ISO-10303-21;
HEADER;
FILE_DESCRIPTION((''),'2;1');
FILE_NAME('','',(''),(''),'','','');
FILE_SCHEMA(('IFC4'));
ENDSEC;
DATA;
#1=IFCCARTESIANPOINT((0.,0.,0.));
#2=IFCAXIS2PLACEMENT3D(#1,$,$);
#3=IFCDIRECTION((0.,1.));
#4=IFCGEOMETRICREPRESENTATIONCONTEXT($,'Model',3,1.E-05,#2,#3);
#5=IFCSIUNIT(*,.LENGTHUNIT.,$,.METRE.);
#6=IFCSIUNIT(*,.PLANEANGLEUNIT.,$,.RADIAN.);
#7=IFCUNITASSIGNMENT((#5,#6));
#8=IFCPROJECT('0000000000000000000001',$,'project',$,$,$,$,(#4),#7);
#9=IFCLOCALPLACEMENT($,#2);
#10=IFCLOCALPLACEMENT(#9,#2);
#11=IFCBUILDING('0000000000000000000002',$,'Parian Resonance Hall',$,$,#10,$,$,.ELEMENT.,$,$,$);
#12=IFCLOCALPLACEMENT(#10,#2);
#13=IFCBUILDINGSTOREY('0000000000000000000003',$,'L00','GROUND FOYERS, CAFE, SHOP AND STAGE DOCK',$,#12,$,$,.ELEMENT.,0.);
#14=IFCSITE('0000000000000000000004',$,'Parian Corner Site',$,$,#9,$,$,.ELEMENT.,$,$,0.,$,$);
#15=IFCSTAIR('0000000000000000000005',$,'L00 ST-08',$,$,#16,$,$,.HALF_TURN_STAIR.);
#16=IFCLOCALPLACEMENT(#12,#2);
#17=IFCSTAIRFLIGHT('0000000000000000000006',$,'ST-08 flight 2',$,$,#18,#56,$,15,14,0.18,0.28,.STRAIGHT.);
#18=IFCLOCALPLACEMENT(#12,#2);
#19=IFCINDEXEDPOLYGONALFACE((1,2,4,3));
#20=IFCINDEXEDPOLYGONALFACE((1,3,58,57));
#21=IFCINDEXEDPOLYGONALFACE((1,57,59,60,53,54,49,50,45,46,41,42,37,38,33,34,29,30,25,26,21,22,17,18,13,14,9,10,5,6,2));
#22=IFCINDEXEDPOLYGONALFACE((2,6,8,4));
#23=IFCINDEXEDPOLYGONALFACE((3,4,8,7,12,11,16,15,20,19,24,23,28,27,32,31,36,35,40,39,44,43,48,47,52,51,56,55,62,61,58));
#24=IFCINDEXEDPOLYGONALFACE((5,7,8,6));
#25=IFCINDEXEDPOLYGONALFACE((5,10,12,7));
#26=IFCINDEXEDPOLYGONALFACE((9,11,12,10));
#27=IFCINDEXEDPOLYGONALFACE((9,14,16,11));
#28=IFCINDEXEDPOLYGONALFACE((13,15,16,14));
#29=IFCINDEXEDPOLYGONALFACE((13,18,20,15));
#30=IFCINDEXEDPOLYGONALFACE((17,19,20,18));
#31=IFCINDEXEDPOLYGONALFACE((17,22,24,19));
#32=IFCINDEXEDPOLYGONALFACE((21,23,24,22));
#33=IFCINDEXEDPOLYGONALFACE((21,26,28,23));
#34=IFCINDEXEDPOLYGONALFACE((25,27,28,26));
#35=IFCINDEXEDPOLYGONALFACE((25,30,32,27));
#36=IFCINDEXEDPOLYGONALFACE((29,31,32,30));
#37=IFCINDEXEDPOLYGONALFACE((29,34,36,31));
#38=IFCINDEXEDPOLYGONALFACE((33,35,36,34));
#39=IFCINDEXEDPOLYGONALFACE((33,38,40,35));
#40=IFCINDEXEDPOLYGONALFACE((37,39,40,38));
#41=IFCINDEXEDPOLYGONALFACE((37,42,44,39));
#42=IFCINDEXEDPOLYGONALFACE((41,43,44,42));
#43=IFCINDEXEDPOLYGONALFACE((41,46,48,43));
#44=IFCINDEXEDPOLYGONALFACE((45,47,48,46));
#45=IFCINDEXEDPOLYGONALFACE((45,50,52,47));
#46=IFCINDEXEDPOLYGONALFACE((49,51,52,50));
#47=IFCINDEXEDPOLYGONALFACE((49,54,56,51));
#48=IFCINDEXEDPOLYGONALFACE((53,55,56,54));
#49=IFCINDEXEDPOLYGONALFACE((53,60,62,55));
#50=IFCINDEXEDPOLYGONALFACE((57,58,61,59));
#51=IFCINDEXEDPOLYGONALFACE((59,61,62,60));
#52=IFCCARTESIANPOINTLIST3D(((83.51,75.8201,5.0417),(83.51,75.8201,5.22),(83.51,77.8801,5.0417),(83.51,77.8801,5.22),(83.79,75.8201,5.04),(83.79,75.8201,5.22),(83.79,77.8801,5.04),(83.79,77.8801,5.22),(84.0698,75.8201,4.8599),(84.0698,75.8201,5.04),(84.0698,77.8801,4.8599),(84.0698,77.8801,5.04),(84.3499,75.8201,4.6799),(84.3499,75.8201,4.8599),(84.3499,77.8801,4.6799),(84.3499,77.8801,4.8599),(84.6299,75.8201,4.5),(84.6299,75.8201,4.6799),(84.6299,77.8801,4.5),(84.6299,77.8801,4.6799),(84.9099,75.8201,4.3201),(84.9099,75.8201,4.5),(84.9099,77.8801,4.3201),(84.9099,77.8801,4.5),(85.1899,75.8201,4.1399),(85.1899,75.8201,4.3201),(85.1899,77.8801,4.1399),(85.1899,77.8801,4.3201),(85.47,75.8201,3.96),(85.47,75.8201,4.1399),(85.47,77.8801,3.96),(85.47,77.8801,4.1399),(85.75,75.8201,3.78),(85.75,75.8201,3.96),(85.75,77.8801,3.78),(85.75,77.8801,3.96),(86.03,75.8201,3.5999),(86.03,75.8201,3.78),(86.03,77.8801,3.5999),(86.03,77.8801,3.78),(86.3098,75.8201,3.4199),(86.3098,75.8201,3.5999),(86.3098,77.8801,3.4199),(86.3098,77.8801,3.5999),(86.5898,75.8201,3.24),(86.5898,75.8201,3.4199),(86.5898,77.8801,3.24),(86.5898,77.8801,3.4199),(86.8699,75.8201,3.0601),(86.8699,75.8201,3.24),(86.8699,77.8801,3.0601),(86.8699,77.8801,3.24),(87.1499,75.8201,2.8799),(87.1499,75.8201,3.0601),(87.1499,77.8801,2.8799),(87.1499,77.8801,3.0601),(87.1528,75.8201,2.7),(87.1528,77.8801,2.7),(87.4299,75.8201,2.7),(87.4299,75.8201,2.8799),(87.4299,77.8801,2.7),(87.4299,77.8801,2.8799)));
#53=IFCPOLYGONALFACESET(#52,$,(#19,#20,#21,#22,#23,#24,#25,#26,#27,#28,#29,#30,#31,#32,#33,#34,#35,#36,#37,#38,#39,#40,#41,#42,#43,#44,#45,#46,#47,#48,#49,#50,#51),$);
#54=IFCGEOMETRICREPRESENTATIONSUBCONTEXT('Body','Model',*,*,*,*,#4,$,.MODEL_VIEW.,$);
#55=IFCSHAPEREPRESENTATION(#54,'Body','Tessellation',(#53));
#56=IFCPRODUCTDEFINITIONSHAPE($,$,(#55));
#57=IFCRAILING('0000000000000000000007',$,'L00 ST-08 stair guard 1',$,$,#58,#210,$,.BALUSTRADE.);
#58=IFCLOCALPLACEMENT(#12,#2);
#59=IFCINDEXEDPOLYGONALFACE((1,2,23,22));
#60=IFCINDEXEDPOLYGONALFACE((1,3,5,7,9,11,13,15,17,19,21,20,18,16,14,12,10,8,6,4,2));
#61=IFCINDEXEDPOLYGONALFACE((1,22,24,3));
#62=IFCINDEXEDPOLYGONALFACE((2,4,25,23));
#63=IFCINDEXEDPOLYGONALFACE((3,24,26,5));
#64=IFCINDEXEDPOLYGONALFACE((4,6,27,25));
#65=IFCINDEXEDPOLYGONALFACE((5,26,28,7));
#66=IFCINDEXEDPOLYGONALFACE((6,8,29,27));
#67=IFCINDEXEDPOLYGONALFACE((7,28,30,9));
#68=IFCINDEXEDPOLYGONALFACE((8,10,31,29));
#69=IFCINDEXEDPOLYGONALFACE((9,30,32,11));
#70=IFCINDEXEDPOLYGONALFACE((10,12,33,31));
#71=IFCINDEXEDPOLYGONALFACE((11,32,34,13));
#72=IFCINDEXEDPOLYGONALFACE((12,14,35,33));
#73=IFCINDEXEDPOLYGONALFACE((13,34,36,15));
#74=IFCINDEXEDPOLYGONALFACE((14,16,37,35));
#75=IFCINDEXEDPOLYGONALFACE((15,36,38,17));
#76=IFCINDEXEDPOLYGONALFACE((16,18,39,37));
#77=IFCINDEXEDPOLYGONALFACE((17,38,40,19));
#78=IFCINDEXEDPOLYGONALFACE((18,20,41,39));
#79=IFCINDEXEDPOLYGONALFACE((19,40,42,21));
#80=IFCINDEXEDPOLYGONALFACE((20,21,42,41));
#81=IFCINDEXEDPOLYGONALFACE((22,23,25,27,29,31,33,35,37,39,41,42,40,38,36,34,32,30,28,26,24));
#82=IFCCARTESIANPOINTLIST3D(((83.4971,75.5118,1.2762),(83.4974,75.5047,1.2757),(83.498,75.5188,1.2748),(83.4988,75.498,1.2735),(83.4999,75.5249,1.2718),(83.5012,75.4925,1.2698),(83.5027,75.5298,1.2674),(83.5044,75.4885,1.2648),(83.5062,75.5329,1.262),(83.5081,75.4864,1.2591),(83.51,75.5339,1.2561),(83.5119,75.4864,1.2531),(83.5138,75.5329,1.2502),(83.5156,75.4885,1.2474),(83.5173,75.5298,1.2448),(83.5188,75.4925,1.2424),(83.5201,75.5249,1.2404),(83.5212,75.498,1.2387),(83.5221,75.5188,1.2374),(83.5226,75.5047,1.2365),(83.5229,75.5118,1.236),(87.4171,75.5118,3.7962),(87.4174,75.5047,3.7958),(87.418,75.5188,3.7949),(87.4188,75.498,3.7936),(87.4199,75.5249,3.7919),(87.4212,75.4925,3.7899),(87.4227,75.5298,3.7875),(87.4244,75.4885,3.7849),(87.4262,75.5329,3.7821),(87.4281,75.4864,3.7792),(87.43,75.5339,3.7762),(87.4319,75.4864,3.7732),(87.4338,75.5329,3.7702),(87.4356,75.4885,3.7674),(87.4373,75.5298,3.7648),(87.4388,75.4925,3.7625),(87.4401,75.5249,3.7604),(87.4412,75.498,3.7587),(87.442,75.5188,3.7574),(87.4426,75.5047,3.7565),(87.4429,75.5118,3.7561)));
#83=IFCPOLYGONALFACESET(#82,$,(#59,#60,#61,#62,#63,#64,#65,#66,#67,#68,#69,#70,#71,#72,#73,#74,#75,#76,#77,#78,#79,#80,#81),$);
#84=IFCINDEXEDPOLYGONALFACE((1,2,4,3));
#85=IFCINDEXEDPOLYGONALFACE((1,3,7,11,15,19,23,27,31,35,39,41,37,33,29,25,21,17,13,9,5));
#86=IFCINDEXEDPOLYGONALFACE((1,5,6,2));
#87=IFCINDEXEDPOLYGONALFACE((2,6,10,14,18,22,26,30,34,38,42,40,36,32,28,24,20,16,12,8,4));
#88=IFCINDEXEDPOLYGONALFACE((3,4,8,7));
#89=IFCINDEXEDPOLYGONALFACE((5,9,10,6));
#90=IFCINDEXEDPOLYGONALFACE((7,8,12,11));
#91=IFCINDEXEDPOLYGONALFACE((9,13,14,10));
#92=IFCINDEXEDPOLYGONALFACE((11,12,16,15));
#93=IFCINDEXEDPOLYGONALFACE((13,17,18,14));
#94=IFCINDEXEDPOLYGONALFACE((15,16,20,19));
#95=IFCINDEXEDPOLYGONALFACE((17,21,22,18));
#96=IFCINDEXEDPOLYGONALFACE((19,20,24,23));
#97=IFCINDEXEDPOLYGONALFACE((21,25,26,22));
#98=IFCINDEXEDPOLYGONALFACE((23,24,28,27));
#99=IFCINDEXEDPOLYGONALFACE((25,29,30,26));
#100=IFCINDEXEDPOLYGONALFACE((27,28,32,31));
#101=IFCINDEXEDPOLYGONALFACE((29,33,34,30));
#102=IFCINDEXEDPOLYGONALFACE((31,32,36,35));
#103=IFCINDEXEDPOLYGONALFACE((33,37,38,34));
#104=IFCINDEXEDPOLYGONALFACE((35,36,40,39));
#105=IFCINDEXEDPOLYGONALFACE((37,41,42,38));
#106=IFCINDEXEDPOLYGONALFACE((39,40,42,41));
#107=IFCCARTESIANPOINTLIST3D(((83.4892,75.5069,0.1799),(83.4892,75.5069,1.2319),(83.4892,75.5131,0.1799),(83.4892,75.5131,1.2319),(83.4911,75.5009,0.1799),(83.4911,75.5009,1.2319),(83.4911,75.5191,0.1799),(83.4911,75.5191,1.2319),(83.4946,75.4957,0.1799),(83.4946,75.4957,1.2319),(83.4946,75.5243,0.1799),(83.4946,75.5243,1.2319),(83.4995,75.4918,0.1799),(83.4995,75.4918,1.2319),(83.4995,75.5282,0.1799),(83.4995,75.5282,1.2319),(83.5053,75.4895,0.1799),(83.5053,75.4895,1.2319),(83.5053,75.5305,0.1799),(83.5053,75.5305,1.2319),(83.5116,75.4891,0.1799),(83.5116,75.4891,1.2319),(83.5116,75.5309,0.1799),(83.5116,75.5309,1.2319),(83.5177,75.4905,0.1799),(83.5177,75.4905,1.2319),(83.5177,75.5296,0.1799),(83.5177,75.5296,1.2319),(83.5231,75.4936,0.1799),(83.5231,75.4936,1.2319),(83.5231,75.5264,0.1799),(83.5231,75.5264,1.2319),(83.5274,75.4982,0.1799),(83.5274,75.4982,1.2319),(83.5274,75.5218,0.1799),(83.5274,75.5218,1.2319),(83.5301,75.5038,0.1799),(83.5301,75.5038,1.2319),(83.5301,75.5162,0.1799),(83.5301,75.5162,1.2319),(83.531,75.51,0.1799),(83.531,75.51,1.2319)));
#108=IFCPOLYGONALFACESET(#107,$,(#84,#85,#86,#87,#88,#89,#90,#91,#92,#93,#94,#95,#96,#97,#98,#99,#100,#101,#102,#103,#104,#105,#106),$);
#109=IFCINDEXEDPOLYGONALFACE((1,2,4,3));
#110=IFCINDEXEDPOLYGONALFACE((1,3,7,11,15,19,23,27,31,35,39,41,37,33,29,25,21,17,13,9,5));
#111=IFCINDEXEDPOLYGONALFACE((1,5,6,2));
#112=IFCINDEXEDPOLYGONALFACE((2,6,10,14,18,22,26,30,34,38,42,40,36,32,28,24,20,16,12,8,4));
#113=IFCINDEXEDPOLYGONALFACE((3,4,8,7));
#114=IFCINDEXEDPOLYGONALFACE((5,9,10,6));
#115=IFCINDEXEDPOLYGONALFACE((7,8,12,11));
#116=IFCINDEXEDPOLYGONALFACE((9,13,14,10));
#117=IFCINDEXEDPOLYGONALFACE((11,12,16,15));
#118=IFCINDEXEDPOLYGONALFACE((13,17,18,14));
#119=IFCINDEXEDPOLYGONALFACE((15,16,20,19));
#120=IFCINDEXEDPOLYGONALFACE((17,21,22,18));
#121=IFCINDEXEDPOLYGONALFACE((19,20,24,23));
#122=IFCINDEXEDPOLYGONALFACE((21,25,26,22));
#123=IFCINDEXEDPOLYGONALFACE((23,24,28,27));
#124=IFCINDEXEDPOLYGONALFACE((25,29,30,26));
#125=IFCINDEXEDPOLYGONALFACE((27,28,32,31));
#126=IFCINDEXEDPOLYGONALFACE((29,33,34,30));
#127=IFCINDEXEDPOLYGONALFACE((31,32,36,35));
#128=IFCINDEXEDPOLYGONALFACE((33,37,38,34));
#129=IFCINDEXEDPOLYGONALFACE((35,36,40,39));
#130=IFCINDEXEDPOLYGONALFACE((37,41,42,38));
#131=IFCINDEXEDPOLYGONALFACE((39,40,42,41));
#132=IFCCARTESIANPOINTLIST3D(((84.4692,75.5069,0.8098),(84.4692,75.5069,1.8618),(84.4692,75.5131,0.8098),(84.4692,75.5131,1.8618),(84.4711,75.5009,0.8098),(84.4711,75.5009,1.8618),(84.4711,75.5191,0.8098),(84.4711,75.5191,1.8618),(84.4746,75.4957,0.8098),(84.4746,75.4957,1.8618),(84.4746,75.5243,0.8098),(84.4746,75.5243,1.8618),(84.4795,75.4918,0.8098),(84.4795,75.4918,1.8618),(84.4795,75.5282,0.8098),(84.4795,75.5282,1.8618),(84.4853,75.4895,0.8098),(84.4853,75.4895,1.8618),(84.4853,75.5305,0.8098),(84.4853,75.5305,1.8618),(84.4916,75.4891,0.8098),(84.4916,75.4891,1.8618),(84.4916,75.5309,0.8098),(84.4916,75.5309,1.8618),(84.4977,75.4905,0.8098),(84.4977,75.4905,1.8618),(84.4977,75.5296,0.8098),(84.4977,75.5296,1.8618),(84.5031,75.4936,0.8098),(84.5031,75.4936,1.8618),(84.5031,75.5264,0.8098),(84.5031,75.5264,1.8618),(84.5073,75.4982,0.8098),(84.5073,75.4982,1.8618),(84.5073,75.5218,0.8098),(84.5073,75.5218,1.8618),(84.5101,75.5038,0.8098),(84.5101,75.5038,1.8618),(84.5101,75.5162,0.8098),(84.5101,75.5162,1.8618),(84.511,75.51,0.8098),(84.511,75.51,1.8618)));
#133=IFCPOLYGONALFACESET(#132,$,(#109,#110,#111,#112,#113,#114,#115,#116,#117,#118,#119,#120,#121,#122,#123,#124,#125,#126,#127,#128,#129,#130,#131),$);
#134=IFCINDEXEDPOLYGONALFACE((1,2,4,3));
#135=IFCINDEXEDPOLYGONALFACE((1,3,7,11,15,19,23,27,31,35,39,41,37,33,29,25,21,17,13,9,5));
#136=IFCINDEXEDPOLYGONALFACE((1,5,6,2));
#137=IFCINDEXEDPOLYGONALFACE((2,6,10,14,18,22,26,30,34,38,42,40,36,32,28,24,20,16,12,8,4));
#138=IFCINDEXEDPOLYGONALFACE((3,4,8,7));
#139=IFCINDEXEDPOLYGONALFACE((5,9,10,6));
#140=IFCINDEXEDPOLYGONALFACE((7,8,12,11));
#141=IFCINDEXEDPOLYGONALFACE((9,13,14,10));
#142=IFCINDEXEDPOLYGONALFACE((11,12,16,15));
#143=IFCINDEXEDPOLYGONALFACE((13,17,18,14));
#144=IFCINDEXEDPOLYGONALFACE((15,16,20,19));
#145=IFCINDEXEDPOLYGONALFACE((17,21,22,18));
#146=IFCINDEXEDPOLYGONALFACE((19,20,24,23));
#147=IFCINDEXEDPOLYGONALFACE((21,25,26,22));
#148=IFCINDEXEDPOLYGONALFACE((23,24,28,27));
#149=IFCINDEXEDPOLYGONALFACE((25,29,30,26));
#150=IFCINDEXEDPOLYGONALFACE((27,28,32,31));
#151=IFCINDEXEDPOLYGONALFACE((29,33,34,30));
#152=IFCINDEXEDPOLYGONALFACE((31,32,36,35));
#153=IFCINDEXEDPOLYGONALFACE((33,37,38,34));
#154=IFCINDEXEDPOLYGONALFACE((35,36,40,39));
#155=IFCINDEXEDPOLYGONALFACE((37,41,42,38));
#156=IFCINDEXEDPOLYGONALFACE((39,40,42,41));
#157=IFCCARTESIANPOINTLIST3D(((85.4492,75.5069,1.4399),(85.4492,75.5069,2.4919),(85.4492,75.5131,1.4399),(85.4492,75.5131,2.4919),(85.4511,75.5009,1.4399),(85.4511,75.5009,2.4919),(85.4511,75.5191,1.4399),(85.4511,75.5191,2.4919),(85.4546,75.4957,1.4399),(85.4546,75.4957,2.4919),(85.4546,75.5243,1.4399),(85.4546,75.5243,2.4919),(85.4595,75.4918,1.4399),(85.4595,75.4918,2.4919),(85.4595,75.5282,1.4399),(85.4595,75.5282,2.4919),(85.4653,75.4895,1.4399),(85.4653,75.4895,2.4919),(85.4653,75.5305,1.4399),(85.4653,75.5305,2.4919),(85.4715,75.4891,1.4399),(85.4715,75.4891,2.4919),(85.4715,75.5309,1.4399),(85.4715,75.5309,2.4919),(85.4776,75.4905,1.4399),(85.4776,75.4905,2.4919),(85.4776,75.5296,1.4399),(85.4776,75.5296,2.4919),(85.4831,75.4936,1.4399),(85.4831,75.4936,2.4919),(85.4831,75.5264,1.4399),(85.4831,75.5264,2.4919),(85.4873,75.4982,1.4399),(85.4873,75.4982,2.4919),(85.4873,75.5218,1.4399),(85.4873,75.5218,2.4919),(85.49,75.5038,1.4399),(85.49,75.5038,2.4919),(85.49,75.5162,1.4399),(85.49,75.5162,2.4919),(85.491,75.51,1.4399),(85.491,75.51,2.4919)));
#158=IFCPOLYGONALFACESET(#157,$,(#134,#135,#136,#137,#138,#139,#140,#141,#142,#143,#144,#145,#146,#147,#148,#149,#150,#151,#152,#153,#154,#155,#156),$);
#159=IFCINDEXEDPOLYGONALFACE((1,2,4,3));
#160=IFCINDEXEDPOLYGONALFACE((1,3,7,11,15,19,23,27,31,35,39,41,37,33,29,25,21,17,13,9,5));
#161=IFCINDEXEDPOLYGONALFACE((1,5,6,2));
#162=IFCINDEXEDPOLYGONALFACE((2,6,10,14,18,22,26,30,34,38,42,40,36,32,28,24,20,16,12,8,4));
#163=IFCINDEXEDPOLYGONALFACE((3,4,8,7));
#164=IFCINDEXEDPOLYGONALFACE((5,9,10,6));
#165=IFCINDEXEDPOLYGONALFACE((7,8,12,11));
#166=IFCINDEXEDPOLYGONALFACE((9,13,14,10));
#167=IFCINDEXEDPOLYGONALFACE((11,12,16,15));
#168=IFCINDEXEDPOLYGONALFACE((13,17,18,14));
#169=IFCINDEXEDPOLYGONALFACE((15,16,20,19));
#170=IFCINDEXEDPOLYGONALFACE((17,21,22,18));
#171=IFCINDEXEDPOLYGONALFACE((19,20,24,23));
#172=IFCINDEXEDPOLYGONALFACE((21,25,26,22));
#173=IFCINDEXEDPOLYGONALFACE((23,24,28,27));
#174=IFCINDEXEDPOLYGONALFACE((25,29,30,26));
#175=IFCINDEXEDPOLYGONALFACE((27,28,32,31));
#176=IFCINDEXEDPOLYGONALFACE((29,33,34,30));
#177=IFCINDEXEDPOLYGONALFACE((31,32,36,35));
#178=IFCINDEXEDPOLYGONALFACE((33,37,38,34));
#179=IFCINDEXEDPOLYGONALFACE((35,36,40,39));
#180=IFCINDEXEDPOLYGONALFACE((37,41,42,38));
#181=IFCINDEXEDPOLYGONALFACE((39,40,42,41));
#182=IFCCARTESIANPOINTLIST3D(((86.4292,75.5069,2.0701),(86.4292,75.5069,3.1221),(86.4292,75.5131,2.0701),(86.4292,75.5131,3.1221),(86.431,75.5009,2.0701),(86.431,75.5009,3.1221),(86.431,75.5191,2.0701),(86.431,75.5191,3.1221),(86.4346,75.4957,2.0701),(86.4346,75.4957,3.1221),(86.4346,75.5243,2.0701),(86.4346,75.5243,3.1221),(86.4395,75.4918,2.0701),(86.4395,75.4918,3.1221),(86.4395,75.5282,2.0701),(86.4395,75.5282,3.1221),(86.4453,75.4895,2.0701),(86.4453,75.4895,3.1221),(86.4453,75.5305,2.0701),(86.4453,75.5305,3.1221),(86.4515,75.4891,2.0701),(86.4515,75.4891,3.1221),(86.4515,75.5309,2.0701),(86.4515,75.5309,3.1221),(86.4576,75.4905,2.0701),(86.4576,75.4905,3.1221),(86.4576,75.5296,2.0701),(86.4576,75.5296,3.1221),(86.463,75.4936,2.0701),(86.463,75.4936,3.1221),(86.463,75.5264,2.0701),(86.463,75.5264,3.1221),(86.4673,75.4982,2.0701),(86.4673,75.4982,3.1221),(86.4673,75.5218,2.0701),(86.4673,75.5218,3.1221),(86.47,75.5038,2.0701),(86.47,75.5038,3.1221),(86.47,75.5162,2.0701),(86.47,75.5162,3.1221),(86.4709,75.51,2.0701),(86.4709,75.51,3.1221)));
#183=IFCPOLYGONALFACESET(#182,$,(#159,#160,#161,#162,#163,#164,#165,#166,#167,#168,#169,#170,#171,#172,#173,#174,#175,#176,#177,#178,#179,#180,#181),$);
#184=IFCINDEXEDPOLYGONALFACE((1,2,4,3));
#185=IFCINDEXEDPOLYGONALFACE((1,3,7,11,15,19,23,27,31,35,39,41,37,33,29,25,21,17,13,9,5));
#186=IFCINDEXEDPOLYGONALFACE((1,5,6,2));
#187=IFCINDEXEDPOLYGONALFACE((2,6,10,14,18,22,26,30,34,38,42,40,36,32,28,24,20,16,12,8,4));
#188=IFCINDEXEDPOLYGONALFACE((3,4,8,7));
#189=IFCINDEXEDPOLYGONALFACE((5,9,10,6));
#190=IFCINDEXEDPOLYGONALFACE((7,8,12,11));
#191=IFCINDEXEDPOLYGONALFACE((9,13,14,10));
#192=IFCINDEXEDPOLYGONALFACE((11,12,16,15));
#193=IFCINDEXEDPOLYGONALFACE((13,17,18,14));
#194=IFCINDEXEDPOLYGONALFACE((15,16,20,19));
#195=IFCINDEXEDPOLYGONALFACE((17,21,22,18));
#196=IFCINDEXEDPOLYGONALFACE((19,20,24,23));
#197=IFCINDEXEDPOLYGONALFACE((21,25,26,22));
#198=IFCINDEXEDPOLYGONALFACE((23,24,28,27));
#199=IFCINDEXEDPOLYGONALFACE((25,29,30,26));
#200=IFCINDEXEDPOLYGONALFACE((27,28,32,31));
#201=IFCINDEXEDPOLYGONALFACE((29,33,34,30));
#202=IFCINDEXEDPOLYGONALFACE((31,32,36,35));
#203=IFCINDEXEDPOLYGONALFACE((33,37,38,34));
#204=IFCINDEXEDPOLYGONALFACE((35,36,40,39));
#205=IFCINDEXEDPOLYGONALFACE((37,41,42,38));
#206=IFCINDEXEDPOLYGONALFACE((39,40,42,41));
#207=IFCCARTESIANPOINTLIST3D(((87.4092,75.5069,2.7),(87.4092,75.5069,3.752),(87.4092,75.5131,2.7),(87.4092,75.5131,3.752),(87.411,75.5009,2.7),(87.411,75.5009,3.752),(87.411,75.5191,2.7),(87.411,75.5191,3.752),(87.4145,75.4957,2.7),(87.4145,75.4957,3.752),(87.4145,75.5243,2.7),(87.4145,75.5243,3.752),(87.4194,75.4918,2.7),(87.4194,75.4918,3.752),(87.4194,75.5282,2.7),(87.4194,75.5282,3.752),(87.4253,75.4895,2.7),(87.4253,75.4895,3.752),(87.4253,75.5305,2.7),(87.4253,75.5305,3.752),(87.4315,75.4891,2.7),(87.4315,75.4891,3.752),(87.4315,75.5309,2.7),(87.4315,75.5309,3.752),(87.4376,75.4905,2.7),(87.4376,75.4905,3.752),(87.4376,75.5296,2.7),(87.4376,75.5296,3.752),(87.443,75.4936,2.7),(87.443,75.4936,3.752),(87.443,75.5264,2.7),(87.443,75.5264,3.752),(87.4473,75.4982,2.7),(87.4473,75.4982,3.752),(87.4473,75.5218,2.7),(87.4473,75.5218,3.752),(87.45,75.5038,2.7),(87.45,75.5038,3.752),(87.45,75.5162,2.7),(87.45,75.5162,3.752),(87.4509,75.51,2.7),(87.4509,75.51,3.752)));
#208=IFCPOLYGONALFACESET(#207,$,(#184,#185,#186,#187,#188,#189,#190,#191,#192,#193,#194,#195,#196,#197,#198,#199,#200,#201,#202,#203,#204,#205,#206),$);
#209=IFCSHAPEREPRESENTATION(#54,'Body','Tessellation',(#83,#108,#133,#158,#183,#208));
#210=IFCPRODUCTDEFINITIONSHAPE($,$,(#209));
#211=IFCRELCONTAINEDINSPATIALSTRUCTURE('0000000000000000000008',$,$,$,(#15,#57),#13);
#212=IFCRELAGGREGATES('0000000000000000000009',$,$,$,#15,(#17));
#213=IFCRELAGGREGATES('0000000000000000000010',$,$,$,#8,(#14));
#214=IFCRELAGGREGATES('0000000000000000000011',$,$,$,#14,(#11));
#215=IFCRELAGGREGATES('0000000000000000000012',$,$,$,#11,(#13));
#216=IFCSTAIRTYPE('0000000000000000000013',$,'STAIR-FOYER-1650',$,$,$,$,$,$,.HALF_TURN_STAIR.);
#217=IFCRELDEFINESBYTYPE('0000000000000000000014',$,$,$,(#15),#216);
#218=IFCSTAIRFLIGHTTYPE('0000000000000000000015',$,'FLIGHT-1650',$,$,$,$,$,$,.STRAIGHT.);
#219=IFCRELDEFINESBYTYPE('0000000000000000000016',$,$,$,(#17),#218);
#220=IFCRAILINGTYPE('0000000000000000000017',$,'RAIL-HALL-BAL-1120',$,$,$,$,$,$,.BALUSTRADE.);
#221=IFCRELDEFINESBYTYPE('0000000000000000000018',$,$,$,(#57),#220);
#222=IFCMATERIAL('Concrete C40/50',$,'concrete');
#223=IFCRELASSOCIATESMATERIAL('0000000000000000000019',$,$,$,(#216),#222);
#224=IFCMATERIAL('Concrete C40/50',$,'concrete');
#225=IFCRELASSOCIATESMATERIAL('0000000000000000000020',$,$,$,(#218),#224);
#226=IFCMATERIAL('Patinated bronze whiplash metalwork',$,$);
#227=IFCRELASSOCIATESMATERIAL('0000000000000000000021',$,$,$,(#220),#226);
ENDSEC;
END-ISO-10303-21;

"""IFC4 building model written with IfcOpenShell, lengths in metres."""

from ifc_helpers import new_model, si_unit, direction, frame, origin, origin_2d, place, context, subcontext, project, spatial, polyline, circle, outline, extrude, material, type_object, element, aggregate, save


model = new_model("IFC4")

# Units and contexts
model_context = context("Model", 3, precision=1e-05, world=origin(), true_north=direction((0.0, 1.0)))
body_context = subcontext(model_context, "Body", "Model", "MODEL_VIEW")
ifc_project = project(units=[si_unit("LENGTHUNIT", "METRE"), si_unit("PLANEANGLEUNIT", "RADIAN")], contexts=[model_context])

# Site, building, storey
site_placement = place(None, origin())
site = spatial("IfcSite", under=ifc_project, at=site_placement, Name="Parian Corner Site", CompositionType="ELEMENT", RefElevation=0.0)
building_placement = place(site_placement, origin())
building = spatial("IfcBuilding", under=site, at=building_placement, Name="Parian Resonance Hall", CompositionType="ELEMENT")
storey_placement = place(building_placement, origin())
storey = spatial("IfcBuildingStorey", under=building, at=storey_placement, Name="L00", Description="GROUND FOYERS, CAFE, SHOP AND STAGE DOCK", CompositionType="ELEMENT", Elevation=0.0)

# Stair, stair flight
ifc_material_1 = material(Name="Concrete C40/50", Category="concrete")
stair_type = type_object("IfcStairType", Name="STAIR-FOYER-1650", PredefinedType="HALF_TURN_STAIR", material=ifc_material_1)
stair_placement = place(storey_placement, origin())
stair = element("IfcStair", 1, at=stair_placement, inside=storey, type_object=stair_type, Name="L00 ST-08", PredefinedType="HALF_TURN_STAIR")
ifc_material_2 = material(Name="Concrete C40/50", Category="concrete")
stair_flight_type = type_object("IfcStairFlightType", Name="FLIGHT-1650", PredefinedType="STRAIGHT", material=ifc_material_2)
stair_flight_1_placement = place(storey_placement, frame((87.4299, 76.8501, 2.7), z_axis=(0.0, 0.0, 1.0), x_axis=(-1.0, 0.0, 0.0)))
stair_flight_1 = element("IfcStairFlight", 2, at=stair_flight_1_placement, type_object=stair_flight_type, Name="ST-08 flight 2", NumberOfRisers=15, NumberOfTreads=14, PredefinedType="STRAIGHT", RiserHeight=0.18, TreadLength=0.28, context=body_context, shape_type="SweptSolid", body=[
    extrude(outline(polyline([(0.0, 0.0), (0.0, 0.1799), (0.28, 0.1799), (0.28, 0.3601), (0.5601, 0.3601), (0.5601, 0.54), (0.8401, 0.54), (0.8401, 0.72), (1.1201, 0.72), (1.1201, 0.8999), (1.3999, 0.8999), (1.3999, 1.0801), (1.6799, 1.0801), (1.6799, 1.26), (1.96, 1.26), (1.96, 1.4399), (2.24, 1.4399), (2.24, 1.6201), (2.52, 1.6201), (2.52, 1.8), (2.8, 1.8), (2.8, 1.98), (3.0801, 1.98), (3.0801, 2.1599), (3.3601, 2.1599), (3.3601, 2.3401), (3.6399, 2.3401), (3.6399, 2.52), (3.9199, 2.52), (3.9199, 2.7), (3.9199, 2.3418), (0.2771, 0.0), (0.0, 0.0)])), frame((0.0, 1.03, 0.0), z_axis=(0.0, -1.0, 0.0), x_axis=(1.0, 0.0, 0.0)), (0.0, 0.0, 1.0), 2.0601),
])
aggregate(stair, [stair_flight_1])

# Railing
ifc_material_3 = material(Name="Patinated bronze whiplash metalwork")
railing_type_1 = type_object("IfcRailingType", Name="RAIL-HALL-BAL-1120", PredefinedType="BALUSTRADE", material=ifc_material_3)
railing_1_placement = place(storey_placement, frame((83.51, 75.51, 0.1799)))
element("IfcRailing", 3, at=railing_1_placement, inside=storey, type_object=railing_type_1, Name="L00 ST-08 stair guard 1", PredefinedType="BALUSTRADE", context=body_context, shape_type="SweptSolid", body=[
    extrude(circle(Radius=0.0239, at=origin_2d()), frame((0.0, 0.0, 1.0762), z_axis=(0.841172, 0.0, 0.540768), x_axis=(0.0, 1.0, 0.0)), (0.0, 0.0, 1.0), 4.6602),
    extrude(circle(Radius=0.021, at=origin_2d()), origin(), (0.0, 0.0, 1.0), 1.052),
    extrude(circle(Radius=0.021, at=origin_2d()), frame((0.98, 0.0, 0.6299)), (0.0, 0.0, 1.0), 1.052),
    extrude(circle(Radius=0.021, at=origin_2d()), frame((1.96, 0.0, 1.26)), (0.0, 0.0, 1.0), 1.052),
    extrude(circle(Radius=0.021, at=origin_2d()), frame((2.9399, 0.0, 1.8901)), (0.0, 0.0, 1.0), 1.052),
    extrude(circle(Radius=0.021, at=origin_2d()), frame((3.9199, 0.0, 2.52)), (0.0, 0.0, 1.0), 1.052),
])

save(model, "model.ifc")
